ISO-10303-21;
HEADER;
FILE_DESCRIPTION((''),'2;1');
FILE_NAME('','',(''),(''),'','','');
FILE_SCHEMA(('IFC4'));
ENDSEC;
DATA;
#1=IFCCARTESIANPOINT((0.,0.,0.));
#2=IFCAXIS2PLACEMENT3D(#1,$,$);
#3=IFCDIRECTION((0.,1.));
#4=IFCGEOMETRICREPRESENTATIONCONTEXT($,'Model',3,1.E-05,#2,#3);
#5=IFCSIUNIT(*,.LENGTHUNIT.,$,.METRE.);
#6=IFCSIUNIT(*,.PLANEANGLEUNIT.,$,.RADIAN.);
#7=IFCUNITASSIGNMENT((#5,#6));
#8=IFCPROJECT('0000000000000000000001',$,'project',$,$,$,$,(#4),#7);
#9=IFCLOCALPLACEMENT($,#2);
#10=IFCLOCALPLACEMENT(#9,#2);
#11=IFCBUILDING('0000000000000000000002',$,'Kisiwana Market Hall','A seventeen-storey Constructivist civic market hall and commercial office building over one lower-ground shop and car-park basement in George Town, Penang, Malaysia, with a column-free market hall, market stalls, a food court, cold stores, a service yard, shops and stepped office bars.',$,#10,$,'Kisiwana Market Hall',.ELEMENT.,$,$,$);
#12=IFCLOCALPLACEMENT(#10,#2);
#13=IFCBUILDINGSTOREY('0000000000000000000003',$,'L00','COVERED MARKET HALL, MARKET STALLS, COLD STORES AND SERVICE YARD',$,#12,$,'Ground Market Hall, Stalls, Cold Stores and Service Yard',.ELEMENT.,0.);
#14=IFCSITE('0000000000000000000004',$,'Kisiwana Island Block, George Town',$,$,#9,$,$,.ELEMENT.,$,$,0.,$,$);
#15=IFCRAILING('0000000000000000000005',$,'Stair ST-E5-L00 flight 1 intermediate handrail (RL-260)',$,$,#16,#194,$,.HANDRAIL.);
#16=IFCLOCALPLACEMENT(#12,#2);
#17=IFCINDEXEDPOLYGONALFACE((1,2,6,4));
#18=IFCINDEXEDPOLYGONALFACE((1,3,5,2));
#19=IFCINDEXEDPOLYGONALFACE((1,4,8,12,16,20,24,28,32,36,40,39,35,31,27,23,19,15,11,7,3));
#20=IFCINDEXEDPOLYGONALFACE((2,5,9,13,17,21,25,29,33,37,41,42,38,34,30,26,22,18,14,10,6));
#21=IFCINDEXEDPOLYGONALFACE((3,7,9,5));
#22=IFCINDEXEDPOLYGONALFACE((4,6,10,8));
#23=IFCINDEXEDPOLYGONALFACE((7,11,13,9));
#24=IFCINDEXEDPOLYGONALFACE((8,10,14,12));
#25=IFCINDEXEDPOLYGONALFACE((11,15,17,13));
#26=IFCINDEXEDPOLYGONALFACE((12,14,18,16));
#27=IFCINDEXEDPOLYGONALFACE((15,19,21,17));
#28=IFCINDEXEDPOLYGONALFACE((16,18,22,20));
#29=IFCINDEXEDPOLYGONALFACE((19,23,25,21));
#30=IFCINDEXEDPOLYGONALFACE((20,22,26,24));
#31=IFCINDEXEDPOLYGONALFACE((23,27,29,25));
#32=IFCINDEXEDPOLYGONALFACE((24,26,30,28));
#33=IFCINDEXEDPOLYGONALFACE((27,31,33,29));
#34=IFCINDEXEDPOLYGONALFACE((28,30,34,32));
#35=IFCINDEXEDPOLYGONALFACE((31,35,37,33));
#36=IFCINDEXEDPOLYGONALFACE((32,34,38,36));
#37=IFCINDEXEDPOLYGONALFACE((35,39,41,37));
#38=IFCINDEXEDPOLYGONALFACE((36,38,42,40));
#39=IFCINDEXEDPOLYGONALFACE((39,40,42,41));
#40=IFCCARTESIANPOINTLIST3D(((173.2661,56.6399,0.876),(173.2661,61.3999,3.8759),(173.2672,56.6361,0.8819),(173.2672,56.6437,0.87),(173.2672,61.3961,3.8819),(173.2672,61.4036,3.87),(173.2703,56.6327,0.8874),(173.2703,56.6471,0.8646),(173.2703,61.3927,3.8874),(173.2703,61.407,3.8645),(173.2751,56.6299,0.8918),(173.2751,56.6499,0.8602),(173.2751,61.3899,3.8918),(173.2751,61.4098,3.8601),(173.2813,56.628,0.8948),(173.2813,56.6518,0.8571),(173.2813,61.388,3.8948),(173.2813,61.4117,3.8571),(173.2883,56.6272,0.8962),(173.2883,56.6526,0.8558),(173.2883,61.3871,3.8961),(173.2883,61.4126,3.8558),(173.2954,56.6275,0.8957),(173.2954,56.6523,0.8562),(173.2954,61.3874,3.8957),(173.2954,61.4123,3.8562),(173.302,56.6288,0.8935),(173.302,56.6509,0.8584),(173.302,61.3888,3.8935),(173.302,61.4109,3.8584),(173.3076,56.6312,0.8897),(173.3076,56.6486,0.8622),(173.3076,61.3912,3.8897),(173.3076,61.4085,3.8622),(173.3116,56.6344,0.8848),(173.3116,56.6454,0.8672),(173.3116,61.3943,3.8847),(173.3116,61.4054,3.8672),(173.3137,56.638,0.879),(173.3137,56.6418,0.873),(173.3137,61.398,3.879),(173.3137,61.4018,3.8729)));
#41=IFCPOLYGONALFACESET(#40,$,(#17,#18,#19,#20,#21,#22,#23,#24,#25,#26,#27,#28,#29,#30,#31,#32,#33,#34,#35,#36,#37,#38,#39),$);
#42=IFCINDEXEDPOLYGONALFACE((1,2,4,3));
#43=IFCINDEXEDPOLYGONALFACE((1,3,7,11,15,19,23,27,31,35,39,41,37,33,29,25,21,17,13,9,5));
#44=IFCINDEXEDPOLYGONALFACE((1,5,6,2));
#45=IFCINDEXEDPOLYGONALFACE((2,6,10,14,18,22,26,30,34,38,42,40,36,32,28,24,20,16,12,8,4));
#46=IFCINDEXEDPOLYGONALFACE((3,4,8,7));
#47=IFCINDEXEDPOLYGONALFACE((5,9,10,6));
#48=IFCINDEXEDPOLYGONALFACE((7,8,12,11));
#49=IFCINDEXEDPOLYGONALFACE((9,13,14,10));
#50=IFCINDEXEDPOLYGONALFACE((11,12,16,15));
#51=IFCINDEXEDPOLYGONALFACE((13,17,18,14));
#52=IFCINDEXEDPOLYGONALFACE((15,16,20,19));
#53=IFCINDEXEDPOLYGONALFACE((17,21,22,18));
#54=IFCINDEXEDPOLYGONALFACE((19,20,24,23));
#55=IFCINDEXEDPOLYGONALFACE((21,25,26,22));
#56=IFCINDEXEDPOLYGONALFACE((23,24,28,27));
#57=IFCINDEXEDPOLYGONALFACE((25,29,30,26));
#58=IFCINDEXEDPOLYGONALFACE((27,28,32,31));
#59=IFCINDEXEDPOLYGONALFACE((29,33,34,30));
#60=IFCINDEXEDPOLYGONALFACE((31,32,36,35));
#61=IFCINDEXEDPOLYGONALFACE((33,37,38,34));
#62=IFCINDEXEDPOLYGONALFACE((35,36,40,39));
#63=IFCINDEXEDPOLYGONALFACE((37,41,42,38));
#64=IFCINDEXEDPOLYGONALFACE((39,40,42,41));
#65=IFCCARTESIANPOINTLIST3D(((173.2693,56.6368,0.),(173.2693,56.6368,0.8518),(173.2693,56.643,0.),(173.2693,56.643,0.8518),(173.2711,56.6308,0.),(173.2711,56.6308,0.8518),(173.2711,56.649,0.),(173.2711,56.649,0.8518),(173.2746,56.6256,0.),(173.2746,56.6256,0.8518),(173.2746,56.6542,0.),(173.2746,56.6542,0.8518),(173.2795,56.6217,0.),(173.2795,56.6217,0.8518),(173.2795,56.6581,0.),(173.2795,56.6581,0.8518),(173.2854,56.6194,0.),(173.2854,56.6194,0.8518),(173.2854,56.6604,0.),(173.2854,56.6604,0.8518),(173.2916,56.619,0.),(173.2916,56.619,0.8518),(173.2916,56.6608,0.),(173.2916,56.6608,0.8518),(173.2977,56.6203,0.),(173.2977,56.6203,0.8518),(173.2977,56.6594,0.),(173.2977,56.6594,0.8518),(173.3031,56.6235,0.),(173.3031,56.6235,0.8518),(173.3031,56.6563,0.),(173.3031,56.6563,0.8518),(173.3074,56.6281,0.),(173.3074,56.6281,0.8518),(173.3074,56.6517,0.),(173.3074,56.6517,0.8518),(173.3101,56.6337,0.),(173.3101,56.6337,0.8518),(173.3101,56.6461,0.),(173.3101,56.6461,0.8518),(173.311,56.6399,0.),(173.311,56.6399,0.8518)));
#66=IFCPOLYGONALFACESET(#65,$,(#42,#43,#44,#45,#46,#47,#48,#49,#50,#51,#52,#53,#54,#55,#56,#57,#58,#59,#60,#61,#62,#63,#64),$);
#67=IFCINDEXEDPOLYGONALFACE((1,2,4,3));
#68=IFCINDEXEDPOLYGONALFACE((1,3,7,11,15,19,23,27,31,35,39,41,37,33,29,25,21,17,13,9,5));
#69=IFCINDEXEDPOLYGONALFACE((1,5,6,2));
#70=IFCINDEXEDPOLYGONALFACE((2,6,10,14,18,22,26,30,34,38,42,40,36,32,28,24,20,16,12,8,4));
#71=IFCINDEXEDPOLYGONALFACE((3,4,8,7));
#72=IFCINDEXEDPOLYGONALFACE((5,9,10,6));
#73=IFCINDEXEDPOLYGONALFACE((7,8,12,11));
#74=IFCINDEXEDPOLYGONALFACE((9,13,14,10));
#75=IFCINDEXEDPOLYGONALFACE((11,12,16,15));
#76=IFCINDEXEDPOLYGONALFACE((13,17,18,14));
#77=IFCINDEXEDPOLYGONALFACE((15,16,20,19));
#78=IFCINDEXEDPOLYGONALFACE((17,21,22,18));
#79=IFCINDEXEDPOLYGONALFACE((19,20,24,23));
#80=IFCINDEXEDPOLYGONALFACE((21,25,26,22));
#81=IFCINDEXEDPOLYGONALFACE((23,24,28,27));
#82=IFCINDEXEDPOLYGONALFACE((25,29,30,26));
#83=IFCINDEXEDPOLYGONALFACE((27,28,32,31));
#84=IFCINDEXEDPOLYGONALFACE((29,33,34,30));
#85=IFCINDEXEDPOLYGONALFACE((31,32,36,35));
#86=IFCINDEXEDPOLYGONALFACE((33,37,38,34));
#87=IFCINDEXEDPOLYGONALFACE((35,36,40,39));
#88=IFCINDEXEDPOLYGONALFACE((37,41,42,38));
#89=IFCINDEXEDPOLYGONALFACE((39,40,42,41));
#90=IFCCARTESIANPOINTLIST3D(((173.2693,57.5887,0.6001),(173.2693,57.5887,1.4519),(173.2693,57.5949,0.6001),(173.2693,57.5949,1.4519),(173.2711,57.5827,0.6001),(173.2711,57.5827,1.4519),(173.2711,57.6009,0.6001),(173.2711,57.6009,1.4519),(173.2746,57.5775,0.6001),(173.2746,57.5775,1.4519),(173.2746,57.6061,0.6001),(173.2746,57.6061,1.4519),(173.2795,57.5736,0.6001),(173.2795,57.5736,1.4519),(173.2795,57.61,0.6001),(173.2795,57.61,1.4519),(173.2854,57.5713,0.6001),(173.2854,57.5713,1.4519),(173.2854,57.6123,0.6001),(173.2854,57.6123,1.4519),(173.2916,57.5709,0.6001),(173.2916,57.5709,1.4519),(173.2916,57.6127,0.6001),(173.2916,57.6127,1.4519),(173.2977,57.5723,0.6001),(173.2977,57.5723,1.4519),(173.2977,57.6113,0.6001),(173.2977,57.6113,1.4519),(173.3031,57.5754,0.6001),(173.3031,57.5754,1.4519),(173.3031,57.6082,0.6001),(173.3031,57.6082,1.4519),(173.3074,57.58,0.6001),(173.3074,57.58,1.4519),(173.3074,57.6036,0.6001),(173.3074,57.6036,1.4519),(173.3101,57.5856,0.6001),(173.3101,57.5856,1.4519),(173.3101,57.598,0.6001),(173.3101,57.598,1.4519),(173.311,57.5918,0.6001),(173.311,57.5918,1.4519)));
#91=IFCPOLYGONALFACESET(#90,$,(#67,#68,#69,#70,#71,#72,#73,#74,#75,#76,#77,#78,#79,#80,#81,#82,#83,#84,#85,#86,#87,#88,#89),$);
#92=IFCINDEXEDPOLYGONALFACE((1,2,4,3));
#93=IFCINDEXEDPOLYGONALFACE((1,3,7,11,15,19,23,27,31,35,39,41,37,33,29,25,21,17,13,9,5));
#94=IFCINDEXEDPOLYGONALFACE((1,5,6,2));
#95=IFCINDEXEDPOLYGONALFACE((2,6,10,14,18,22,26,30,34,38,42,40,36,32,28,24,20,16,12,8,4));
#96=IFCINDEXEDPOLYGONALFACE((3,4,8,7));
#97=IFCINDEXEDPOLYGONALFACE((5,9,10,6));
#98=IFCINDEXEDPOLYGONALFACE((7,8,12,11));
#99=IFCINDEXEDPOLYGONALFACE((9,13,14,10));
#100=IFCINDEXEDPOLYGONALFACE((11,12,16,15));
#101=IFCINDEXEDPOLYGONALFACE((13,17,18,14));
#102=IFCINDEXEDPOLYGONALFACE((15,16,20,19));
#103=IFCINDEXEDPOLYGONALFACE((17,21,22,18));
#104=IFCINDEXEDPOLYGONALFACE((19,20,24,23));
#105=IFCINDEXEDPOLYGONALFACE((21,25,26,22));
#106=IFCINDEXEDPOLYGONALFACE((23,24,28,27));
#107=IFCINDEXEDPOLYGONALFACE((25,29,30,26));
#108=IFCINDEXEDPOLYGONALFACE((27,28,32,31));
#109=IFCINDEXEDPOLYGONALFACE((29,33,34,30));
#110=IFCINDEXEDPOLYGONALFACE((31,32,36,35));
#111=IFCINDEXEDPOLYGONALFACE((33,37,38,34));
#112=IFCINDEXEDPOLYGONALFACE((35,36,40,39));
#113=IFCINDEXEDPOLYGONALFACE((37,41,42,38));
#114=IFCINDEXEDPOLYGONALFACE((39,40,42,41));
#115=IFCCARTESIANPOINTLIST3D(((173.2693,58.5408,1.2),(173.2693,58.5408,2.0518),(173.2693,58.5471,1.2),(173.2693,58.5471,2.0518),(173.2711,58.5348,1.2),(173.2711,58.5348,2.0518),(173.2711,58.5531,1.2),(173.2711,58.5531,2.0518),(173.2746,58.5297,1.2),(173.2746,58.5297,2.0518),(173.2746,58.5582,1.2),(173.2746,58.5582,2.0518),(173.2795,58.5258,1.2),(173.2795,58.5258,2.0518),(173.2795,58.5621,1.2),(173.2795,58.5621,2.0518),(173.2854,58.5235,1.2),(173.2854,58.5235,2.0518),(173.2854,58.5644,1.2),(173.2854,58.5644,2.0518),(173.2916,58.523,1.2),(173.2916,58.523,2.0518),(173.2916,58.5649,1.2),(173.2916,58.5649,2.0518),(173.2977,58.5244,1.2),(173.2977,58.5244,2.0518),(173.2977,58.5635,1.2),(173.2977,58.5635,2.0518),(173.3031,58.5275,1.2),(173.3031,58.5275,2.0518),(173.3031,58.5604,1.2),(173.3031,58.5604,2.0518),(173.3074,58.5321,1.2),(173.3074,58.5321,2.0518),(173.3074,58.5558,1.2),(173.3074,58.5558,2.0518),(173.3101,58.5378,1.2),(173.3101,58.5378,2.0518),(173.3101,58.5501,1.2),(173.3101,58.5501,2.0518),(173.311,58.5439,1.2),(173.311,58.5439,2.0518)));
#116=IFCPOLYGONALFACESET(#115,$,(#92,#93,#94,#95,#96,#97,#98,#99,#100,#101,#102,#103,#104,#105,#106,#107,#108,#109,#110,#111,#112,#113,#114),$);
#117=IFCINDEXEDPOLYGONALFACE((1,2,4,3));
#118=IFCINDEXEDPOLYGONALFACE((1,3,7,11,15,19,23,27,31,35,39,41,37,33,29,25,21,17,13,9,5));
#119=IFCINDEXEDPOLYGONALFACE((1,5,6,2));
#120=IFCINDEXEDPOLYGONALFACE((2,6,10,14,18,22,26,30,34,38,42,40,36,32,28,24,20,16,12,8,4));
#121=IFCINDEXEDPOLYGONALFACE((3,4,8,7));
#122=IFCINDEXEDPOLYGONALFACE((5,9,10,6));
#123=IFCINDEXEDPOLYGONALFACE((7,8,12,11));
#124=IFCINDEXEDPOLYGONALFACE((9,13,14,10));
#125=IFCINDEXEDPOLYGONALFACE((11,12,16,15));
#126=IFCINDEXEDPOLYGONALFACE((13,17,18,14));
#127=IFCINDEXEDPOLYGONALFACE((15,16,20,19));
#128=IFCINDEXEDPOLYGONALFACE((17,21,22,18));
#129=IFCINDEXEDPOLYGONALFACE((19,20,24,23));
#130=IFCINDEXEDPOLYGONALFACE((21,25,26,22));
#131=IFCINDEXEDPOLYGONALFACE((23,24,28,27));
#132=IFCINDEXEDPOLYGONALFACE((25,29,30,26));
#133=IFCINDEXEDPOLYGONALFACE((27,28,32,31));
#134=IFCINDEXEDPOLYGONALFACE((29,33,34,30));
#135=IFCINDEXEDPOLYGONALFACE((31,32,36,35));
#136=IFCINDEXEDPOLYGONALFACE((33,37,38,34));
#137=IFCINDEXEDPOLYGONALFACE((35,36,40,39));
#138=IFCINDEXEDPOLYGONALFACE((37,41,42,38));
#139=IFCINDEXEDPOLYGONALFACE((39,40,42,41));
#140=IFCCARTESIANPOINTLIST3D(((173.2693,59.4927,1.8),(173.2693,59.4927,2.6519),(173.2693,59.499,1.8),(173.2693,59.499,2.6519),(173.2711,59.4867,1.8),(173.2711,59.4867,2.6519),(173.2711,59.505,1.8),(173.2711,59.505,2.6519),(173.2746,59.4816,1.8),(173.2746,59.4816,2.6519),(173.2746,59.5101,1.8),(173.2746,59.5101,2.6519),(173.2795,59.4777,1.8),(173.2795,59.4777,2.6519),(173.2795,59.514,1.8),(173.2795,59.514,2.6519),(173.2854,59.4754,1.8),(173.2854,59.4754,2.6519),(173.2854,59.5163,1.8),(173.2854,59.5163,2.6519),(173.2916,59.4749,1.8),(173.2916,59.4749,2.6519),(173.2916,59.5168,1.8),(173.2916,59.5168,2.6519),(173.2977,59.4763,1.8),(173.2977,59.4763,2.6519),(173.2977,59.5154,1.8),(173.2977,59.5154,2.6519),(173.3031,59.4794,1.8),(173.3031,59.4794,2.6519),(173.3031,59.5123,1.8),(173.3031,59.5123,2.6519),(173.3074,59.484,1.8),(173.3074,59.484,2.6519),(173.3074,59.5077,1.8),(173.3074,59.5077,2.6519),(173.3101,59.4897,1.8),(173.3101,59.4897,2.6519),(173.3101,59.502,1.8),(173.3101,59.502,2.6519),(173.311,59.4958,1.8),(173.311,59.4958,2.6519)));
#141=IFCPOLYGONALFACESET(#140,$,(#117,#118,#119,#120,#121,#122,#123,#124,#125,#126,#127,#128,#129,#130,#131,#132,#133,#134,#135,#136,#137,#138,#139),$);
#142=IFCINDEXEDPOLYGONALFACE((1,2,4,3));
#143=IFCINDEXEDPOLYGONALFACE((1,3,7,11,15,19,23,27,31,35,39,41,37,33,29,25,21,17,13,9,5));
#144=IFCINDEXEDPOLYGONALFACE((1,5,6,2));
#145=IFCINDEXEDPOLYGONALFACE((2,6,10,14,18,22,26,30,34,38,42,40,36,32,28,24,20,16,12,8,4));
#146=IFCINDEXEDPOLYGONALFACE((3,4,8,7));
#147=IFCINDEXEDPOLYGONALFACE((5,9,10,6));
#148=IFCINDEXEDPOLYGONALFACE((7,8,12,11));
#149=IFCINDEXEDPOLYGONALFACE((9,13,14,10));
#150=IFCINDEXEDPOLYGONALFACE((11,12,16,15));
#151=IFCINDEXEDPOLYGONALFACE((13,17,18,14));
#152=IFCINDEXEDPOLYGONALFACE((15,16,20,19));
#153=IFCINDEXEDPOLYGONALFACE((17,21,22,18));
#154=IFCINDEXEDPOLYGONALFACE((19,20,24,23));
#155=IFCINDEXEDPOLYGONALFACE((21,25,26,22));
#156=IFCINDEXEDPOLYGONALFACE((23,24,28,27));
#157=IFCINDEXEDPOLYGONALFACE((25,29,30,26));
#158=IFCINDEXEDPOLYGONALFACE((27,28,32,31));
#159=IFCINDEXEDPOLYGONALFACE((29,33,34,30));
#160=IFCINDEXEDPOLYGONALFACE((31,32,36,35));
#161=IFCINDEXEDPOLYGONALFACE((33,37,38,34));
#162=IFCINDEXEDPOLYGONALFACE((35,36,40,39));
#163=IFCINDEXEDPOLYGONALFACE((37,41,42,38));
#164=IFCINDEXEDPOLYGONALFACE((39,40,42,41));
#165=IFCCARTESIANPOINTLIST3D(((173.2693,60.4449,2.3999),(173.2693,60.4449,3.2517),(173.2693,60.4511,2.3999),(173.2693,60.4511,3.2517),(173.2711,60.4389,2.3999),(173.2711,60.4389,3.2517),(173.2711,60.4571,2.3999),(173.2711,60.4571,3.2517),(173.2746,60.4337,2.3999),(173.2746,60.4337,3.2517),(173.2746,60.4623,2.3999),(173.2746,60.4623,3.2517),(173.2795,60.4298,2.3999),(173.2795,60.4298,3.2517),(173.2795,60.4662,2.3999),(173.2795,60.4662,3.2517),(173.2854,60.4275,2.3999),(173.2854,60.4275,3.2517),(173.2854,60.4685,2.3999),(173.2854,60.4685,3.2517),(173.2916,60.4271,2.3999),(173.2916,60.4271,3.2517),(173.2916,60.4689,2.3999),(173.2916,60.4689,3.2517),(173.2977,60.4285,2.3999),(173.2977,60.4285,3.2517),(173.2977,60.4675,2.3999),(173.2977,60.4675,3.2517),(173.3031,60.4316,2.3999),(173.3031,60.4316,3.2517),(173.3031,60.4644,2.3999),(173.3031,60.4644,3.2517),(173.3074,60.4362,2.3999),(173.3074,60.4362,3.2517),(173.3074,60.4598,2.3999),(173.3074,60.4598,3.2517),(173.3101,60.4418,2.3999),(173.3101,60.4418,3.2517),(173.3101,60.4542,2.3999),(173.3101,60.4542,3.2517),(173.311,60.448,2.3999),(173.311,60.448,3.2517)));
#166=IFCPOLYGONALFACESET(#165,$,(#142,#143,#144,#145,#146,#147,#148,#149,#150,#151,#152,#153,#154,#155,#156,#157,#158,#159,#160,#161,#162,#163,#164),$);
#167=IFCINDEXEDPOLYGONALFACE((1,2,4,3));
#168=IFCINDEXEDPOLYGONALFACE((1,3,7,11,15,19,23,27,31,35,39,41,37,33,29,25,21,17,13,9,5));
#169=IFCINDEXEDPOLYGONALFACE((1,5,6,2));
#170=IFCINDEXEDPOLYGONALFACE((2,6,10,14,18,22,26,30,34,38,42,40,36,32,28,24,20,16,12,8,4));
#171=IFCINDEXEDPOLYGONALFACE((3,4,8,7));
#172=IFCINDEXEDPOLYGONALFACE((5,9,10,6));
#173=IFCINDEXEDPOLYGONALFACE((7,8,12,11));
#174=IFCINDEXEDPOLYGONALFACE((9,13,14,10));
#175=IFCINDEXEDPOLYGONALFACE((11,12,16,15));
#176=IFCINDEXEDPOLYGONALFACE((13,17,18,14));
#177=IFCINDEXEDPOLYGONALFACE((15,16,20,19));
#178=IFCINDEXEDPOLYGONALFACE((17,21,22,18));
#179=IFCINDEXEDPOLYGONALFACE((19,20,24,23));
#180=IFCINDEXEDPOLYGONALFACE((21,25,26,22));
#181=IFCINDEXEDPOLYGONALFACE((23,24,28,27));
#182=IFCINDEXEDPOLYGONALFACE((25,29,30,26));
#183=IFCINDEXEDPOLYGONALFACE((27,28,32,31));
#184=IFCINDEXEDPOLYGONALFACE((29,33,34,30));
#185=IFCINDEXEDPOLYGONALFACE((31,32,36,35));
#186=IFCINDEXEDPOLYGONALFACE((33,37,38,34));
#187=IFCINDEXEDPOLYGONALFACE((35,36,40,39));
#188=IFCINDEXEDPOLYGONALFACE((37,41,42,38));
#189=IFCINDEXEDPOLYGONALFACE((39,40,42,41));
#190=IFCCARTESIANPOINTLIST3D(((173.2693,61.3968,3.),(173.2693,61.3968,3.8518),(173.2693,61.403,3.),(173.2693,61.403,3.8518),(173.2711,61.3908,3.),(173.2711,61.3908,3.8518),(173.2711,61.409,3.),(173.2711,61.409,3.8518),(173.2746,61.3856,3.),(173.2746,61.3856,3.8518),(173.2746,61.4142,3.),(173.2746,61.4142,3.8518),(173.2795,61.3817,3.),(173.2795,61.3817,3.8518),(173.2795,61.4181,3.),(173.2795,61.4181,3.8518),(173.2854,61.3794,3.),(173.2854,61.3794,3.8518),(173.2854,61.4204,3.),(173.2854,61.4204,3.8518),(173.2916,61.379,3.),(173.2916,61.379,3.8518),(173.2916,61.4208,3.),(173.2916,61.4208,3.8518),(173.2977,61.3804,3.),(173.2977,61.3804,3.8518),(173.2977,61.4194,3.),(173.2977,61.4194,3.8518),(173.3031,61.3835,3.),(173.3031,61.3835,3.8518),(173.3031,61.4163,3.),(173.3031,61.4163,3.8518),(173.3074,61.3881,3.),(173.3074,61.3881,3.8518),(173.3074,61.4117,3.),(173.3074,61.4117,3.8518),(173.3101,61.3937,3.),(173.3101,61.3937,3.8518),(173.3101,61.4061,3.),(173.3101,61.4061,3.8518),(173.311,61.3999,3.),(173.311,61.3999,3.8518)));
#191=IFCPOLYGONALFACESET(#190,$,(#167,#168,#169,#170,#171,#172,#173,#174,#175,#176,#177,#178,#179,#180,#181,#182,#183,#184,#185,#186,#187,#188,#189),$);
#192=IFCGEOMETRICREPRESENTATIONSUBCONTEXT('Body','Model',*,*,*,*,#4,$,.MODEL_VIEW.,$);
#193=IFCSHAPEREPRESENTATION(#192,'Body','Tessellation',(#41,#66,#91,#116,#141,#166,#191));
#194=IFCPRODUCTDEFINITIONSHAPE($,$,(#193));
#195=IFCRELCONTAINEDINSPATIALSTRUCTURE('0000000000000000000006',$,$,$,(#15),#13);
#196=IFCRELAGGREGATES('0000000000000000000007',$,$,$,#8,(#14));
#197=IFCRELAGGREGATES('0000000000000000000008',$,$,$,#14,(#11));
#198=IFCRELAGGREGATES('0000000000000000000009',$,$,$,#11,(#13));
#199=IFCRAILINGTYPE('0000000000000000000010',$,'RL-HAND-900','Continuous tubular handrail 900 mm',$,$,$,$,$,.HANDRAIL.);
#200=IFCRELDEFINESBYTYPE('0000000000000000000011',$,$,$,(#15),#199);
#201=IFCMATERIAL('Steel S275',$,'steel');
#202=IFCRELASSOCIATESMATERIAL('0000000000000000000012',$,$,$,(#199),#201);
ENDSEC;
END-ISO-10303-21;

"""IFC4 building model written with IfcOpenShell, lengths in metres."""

from ifc_helpers import new_model, si_unit, direction, frame, origin, origin_2d, place, context, subcontext, project, spatial, circle, extrude, material, type_object, element, save


model = new_model("IFC4")

# Units and contexts
model_context = context("Model", 3, precision=1e-05, world=origin(), true_north=direction((0.0, 1.0)))
body_context = subcontext(model_context, "Body", "Model", "MODEL_VIEW")
ifc_project = project(units=[si_unit("LENGTHUNIT", "METRE"), si_unit("PLANEANGLEUNIT", "RADIAN")], contexts=[model_context])

# Site, building, storey
site_placement = place(None, origin())
site = spatial("IfcSite", under=ifc_project, at=site_placement, Name="Kisiwana Island Block, George Town", CompositionType="ELEMENT", RefElevation=0.0)
building_placement = place(site_placement, origin())
building = spatial("IfcBuilding", under=site, at=building_placement, Name="Kisiwana Market Hall", Description="A seventeen-storey Constructivist civic market hall and commercial office building over one lower-ground shop and car-park basement in George Town, Penang, Malaysia, with a column-free market hall, market stalls, a food court, cold stores, a service yard, shops and stepped office bars.", LongName="Kisiwana Market Hall", CompositionType="ELEMENT")
storey_placement = place(building_placement, origin())
storey = spatial("IfcBuildingStorey", under=building, at=storey_placement, Name="L00", Description="COVERED MARKET HALL, MARKET STALLS, COLD STORES AND SERVICE YARD", LongName="Ground Market Hall, Stalls, Cold Stores and Service Yard", CompositionType="ELEMENT", Elevation=0.0)

# Railing
ifc_material_1 = material(Name="Steel S275", Category="steel")
railing_type_1 = type_object("IfcRailingType", Name="RL-HAND-900", Description="Continuous tubular handrail 900 mm", PredefinedType="HANDRAIL", material=ifc_material_1)
for number, where, name in (
    (1, (173.29, 56.6399, 0.0), "Stair ST-E5-L00 flight 1 intermediate handrail (RL-260)"),
):
    element("IfcRailing", number, at=place(storey_placement, frame(where)), inside=storey, type_object=railing_type_1, Name=name, PredefinedType="HANDRAIL", context=body_context, shape_type="SweptSolid", body=[
        extrude(circle(Radius=0.0239, at=origin_2d()), frame((0.0, 0.0, 0.876), z_axis=(0.0, 0.845996, 0.53319), x_axis=(-1.0, 0.0, 0.0)), (0.0, 0.0, 1.0), 5.6265),
        extrude(circle(Radius=0.021, at=origin_2d()), origin(), (0.0, 0.0, 1.0), 0.8518),
        extrude(circle(Radius=0.021, at=origin_2d()), frame((0.0, 0.9519, 0.6001)), (0.0, 0.0, 1.0), 0.8518),
        extrude(circle(Radius=0.021, at=origin_2d()), frame((0.0, 1.9041, 1.2)), (0.0, 0.0, 1.0), 0.8518),
        extrude(circle(Radius=0.021, at=origin_2d()), frame((0.0, 2.856, 1.8)), (0.0, 0.0, 1.0), 0.8518),
        extrude(circle(Radius=0.021, at=origin_2d()), frame((0.0, 3.8081, 2.3999)), (0.0, 0.0, 1.0), 0.8518),
        extrude(circle(Radius=0.021, at=origin_2d()), frame((0.0, 4.76, 3.0)), (0.0, 0.0, 1.0), 0.8518),
    ])

save(model, "model.ifc")
